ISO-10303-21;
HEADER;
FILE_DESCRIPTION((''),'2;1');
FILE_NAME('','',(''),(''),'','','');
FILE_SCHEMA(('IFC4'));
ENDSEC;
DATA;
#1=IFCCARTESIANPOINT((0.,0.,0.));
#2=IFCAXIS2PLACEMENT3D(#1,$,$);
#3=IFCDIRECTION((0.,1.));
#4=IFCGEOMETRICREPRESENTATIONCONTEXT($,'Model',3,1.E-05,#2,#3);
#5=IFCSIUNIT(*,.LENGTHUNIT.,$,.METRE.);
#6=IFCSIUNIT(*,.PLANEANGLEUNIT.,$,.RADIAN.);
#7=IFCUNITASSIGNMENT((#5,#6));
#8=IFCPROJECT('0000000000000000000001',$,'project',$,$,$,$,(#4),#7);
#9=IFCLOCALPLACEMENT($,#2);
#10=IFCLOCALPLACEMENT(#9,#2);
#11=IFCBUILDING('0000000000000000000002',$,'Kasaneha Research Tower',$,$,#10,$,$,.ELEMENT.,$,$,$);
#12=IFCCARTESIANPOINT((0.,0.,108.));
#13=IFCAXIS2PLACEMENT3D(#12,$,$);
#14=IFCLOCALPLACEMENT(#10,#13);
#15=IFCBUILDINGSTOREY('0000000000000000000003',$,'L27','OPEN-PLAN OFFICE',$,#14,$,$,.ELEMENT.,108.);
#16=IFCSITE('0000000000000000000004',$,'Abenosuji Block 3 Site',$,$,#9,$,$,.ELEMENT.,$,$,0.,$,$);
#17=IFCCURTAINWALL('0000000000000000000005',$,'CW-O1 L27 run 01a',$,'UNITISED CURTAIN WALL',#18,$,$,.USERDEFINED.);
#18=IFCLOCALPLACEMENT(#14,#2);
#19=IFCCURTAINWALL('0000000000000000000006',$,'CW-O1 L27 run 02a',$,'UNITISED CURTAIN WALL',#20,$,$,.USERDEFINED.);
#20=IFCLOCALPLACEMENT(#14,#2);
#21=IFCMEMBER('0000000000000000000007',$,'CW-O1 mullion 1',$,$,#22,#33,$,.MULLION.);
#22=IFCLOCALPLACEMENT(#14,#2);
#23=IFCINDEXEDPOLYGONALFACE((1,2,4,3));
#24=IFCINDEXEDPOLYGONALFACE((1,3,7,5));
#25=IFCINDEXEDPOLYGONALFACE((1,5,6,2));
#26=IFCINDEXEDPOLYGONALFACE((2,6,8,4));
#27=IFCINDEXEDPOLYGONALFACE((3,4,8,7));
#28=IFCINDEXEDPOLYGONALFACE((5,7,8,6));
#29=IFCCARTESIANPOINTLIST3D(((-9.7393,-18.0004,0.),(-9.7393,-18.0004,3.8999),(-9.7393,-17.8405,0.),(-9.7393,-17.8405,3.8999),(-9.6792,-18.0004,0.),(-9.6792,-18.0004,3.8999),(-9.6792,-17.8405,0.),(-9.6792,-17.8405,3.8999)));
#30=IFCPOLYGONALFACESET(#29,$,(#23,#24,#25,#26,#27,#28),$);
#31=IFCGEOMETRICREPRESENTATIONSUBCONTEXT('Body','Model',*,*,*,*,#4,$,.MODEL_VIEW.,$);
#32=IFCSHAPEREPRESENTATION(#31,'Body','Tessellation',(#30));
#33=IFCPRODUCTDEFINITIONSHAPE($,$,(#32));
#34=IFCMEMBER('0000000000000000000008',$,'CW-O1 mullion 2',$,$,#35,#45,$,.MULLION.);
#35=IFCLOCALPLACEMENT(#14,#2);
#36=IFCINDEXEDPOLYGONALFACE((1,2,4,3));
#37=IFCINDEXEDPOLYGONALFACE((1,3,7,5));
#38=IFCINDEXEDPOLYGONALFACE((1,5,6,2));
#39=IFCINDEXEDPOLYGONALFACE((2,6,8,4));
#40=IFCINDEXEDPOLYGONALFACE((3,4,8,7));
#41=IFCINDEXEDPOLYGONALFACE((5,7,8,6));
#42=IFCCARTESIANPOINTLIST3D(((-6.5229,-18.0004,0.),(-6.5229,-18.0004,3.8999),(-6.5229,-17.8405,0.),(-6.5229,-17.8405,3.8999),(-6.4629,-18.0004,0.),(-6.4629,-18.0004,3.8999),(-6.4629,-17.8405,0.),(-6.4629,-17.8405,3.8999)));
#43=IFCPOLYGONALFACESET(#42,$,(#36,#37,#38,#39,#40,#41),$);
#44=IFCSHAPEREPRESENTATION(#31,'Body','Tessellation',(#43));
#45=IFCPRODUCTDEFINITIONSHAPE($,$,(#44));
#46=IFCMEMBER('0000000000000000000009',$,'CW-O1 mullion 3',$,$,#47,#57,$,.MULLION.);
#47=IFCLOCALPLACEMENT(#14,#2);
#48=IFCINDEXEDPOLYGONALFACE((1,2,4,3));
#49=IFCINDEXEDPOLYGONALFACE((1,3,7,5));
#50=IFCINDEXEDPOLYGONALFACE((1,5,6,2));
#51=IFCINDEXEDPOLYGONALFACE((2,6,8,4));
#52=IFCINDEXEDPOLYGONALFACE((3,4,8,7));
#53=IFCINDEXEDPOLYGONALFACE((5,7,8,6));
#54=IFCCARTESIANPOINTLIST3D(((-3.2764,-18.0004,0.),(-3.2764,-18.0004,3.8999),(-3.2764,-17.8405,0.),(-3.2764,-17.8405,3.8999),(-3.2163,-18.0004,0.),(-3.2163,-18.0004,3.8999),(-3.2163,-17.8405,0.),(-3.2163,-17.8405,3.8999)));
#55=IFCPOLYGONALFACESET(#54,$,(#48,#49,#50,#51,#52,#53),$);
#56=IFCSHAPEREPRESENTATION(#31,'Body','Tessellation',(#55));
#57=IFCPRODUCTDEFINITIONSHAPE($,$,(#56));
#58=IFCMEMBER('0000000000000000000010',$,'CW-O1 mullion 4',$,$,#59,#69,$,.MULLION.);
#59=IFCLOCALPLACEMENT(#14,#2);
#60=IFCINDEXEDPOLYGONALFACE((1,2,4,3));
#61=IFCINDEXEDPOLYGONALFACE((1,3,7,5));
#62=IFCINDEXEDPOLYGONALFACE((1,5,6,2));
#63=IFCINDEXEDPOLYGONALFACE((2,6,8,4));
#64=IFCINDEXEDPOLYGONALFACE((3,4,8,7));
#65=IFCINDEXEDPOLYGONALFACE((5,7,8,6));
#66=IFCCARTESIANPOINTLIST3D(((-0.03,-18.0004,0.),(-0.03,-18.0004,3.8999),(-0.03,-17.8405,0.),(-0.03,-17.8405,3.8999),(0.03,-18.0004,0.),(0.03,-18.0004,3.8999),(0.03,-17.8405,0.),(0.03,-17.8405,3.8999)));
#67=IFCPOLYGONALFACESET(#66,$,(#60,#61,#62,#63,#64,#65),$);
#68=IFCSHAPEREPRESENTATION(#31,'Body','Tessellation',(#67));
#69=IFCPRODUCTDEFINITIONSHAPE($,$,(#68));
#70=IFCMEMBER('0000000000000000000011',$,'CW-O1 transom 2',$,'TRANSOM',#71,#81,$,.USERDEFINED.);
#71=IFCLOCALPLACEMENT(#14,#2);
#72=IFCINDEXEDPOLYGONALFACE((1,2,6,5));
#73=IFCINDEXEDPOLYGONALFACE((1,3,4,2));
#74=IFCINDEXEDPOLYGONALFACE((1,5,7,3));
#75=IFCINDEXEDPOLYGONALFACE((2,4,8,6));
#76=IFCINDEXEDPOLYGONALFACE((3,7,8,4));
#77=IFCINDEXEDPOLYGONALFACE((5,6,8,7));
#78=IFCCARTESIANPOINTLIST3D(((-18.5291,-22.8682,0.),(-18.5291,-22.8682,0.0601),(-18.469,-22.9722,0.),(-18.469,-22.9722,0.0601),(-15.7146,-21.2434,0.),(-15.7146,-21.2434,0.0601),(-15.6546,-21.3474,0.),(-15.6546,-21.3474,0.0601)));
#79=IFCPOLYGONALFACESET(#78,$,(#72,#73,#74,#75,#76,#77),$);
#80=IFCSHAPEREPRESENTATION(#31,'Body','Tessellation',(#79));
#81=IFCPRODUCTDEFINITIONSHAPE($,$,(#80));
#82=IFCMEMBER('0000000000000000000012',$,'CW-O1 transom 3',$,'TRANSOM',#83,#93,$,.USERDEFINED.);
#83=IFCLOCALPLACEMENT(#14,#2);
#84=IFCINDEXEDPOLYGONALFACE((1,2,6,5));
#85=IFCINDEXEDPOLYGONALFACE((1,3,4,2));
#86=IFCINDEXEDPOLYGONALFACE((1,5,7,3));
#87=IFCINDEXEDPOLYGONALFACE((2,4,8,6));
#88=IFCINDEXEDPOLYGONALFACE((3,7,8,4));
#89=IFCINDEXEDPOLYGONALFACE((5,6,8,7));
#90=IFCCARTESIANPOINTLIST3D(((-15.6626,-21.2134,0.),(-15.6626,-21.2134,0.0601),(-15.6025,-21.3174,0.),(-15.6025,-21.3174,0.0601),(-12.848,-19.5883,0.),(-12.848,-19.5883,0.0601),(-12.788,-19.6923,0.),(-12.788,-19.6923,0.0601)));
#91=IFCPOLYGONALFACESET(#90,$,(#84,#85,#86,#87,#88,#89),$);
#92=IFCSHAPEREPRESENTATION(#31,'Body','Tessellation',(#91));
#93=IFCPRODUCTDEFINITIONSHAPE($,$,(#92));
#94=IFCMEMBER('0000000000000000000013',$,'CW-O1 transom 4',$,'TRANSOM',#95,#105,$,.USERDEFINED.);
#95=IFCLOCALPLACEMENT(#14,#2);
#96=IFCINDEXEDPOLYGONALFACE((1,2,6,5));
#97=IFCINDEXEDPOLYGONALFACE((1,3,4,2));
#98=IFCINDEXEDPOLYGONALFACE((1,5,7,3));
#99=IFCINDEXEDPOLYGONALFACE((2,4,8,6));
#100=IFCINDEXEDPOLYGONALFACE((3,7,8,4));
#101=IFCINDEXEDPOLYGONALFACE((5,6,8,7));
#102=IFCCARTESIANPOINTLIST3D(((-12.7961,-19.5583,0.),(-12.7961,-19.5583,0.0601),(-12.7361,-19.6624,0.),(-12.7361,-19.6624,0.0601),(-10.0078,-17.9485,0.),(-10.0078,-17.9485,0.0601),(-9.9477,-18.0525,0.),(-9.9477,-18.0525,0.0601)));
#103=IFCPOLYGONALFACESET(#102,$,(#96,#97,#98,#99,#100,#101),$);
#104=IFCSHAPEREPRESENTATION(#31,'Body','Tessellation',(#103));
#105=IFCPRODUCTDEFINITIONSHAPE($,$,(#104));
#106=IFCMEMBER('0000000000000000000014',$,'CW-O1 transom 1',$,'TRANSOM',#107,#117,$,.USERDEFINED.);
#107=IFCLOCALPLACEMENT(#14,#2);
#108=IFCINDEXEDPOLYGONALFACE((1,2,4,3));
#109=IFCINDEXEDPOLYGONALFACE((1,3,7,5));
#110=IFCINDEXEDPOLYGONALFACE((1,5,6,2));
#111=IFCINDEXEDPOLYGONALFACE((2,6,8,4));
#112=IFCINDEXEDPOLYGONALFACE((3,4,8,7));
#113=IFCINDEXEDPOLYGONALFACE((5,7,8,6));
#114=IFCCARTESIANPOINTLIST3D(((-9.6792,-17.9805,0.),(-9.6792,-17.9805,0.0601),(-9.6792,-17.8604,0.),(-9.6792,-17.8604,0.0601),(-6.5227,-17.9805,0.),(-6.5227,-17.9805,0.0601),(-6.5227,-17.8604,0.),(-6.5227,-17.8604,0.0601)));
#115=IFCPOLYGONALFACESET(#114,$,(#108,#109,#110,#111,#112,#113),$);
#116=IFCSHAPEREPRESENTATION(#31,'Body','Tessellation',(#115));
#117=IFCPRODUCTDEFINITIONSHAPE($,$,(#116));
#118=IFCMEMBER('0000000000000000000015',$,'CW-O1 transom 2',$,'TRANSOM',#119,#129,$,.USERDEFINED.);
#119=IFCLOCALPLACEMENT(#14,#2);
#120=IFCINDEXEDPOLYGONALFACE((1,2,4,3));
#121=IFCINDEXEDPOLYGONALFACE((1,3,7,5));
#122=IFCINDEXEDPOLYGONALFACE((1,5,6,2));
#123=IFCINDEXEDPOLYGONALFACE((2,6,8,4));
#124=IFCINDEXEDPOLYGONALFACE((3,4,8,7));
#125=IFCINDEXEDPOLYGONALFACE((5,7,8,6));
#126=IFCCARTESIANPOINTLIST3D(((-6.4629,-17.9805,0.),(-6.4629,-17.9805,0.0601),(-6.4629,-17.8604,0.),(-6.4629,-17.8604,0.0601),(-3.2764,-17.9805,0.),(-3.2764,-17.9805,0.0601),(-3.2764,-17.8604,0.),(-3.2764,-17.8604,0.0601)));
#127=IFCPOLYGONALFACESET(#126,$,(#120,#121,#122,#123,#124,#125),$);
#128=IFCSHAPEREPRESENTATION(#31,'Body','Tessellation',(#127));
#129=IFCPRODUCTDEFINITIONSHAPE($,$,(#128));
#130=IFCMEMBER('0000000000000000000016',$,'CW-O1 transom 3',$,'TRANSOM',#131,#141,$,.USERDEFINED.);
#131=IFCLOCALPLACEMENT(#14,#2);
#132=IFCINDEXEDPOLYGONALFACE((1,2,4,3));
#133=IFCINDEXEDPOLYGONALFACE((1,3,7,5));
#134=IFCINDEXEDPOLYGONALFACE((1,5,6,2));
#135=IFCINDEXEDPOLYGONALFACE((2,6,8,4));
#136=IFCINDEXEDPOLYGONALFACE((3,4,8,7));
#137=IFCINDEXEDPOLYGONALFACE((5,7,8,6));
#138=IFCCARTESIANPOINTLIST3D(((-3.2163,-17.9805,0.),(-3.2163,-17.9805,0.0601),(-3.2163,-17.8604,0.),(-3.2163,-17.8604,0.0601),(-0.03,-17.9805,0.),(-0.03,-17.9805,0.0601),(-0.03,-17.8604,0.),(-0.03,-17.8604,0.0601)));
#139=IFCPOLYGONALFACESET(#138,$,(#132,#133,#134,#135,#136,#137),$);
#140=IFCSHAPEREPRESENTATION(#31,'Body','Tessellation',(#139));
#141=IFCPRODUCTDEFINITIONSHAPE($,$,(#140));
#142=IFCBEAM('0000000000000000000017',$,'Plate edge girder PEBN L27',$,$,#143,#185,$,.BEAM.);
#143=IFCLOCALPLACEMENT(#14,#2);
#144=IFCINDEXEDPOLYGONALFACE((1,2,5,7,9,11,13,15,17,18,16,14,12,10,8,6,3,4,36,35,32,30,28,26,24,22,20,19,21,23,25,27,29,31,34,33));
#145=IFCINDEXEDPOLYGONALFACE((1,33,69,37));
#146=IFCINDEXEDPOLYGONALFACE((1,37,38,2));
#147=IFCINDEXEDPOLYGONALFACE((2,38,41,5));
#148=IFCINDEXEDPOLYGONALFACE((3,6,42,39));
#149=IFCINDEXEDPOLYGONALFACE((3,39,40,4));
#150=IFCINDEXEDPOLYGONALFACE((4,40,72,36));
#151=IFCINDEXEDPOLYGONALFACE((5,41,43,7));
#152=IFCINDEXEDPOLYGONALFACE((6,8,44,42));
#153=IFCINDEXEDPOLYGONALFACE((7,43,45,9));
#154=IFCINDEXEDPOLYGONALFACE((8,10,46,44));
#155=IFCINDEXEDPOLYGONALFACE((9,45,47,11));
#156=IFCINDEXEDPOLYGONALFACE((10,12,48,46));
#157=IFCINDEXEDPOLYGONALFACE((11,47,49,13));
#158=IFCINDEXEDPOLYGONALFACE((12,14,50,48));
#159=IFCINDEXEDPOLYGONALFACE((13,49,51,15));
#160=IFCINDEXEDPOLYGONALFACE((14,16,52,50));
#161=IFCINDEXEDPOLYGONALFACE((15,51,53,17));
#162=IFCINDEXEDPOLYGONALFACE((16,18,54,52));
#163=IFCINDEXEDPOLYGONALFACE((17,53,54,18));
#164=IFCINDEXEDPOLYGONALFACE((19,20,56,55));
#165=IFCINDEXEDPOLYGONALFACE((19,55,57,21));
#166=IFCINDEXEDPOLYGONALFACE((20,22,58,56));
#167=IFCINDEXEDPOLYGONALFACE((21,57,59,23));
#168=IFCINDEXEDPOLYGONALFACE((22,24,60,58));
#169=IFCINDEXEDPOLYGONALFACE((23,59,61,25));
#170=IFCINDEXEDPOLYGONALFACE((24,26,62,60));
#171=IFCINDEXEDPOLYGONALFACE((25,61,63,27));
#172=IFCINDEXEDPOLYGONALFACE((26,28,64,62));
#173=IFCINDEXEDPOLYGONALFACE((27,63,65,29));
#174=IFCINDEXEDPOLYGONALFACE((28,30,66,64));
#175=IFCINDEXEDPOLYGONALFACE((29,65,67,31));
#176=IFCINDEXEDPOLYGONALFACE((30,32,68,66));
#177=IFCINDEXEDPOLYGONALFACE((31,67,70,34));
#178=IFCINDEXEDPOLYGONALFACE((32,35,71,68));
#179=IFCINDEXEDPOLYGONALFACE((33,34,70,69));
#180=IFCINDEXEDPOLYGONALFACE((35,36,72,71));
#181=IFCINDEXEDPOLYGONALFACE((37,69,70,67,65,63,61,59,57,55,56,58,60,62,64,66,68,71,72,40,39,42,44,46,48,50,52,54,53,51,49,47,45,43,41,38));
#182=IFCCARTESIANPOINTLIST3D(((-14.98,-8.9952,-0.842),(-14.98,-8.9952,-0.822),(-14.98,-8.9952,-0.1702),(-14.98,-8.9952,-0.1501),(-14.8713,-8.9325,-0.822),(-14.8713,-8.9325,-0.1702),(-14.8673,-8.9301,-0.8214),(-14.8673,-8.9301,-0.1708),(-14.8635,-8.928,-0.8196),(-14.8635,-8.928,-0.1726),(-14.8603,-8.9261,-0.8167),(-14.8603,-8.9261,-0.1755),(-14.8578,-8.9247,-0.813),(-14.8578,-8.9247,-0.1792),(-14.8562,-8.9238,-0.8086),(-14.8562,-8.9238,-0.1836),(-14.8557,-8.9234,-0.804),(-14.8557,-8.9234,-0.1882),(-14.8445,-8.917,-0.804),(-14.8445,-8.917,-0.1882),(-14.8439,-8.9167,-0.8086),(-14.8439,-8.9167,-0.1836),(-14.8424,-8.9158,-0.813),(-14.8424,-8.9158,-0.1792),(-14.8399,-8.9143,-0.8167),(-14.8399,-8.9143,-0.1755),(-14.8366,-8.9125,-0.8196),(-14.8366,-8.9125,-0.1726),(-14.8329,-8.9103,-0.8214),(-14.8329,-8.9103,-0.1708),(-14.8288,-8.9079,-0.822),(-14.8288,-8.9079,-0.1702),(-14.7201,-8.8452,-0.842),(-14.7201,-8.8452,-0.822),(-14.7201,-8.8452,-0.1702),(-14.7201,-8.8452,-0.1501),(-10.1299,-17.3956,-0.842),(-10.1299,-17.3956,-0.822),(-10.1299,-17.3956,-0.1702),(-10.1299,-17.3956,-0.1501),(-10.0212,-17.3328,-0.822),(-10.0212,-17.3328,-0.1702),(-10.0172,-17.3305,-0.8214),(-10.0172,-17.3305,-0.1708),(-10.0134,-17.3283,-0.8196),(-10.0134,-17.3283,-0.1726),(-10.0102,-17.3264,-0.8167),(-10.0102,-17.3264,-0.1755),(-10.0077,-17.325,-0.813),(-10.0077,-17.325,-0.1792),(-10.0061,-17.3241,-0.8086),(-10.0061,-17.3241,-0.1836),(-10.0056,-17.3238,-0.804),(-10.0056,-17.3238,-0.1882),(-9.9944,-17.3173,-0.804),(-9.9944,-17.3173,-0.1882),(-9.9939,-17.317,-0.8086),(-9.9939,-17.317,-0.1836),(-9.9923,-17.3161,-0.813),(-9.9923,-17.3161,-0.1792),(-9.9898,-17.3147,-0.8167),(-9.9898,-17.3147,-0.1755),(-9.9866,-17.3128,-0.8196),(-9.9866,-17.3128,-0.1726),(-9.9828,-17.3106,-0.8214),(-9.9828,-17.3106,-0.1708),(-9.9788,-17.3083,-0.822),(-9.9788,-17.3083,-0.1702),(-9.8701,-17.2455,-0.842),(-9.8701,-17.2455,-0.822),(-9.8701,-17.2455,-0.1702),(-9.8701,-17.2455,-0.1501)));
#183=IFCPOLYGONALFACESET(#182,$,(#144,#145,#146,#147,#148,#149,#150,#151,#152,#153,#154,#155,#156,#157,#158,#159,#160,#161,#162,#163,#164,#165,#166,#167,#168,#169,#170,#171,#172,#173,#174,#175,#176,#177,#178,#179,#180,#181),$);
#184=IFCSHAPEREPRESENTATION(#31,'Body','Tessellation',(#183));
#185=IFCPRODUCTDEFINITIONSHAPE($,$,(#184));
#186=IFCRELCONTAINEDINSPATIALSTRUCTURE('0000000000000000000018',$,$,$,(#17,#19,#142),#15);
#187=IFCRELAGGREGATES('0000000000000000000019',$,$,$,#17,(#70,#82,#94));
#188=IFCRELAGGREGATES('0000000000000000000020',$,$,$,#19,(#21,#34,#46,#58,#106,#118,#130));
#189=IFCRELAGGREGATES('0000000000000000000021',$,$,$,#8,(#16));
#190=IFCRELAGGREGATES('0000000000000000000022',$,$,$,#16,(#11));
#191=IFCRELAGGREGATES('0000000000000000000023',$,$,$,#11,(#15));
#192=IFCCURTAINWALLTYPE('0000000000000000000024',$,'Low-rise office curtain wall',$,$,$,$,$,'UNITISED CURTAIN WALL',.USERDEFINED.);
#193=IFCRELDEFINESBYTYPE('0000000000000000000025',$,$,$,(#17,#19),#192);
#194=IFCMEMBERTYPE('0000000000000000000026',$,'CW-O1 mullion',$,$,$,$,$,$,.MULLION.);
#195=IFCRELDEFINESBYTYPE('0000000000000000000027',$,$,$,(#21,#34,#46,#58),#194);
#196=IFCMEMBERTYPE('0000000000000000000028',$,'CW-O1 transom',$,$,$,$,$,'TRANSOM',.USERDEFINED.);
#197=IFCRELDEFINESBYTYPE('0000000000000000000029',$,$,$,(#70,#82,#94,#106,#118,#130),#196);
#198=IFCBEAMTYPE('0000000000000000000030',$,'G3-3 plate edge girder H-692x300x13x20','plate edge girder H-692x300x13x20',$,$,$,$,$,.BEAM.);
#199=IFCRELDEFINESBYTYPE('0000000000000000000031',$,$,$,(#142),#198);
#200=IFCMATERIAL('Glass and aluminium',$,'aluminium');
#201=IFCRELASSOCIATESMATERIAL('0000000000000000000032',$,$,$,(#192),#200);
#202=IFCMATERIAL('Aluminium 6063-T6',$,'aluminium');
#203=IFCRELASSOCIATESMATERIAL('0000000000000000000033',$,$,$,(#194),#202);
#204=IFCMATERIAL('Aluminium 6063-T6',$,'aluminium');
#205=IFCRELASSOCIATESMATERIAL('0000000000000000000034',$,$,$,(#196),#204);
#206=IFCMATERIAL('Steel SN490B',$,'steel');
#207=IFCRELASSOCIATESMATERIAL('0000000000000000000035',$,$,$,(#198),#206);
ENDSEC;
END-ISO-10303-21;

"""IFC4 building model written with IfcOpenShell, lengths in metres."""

from ifc_helpers import new_model, si_unit, direction, frame, origin, origin_2d, place, context, subcontext, project, spatial, rectangle, i_section, extrude, material, material_profile, profile_set, type_object, element, aggregate, save


model = new_model("IFC4")

# Units and contexts
model_context = context("Model", 3, precision=1e-05, world=origin(), true_north=direction((0.0, 1.0)))
body_context = subcontext(model_context, "Body", "Model", "MODEL_VIEW")
ifc_project = project(units=[si_unit("LENGTHUNIT", "METRE"), si_unit("PLANEANGLEUNIT", "RADIAN")], contexts=[model_context])

# Site, building, storey
site_placement = place(None, origin())
site = spatial("IfcSite", under=ifc_project, at=site_placement, Name="Abenosuji Block 3 Site", CompositionType="ELEMENT", RefElevation=0.0)
building_placement = place(site_placement, origin())
building = spatial("IfcBuilding", under=site, at=building_placement, Name="Kasaneha Research Tower", CompositionType="ELEMENT")
storey_placement = place(building_placement, frame((0.0, 0.0, 108.0)))
storey = spatial("IfcBuildingStorey", under=building, at=storey_placement, Name="L27", Description="OPEN-PLAN OFFICE", CompositionType="ELEMENT", Elevation=108.0)

# Curtain walls, members
ifc_material_1 = material(Name="Glass and aluminium", Category="aluminium")
curtain_wall_type = type_object("IfcCurtainWallType", Name="Low-rise office curtain wall", ElementType="UNITISED CURTAIN WALL", PredefinedType="USERDEFINED", material=ifc_material_1)
curtain_wall_1_placement = place(storey_placement, origin())
curtain_wall_1 = element("IfcCurtainWall", 1, at=curtain_wall_1_placement, inside=storey, type_object=curtain_wall_type, Name="CW-O1 L27 run 01a", ObjectType="UNITISED CURTAIN WALL", PredefinedType="USERDEFINED")
ifc_material_2 = material(Name="Aluminium 6063-T6", Category="aluminium")
ifc_material_profile_1 = material_profile(ifc_material_2, rectangle(XDim=0.0601, YDim=0.1599, at=origin_2d()), Name="CW-O1 mullion 60x160")
ifc_profile_set_1 = profile_set([ifc_material_profile_1], Name="Aluminium 6063-T6")
member_type_1 = type_object("IfcMemberType", Name="CW-O1 mullion", PredefinedType="MULLION", material=ifc_profile_set_1)
curtain_wall_2_placement = place(storey_placement, origin())
curtain_wall_2 = element("IfcCurtainWall", 2, at=curtain_wall_2_placement, inside=storey, type_object=curtain_wall_type, Name="CW-O1 L27 run 02a", ObjectType="UNITISED CURTAIN WALL", PredefinedType="USERDEFINED")
member_1_placement = place(storey_placement, frame((-9.7092, -17.9204, 0.0), z_axis=(0.0, 0.0, 1.0), x_axis=(1.0, 0.0, 0.0)))
member_1 = element("IfcMember", 3, at=member_1_placement, type_object=member_type_1, Name="CW-O1 mullion 1", PredefinedType="MULLION", context=body_context, shape_type="SweptSolid", body=[
    extrude(rectangle(XDim=0.0601, YDim=0.1599, at=origin_2d()), origin(), (0.0, 0.0, 1.0), 3.8999),
])
member_2_placement = place(storey_placement, frame((-6.4929, -17.9204, 0.0), z_axis=(0.0, 0.0, 1.0), x_axis=(1.0, 0.0, 0.0)))
member_2 = element("IfcMember", 4, at=member_2_placement, type_object=member_type_1, Name="CW-O1 mullion 2", PredefinedType="MULLION", context=body_context, shape_type="SweptSolid", body=[
    extrude(rectangle(XDim=0.0601, YDim=0.1599, at=origin_2d()), origin(), (0.0, 0.0, 1.0), 3.8999),
])
member_3_placement = place(storey_placement, frame((-3.2463, -17.9204, 0.0), z_axis=(0.0, 0.0, 1.0), x_axis=(1.0, 0.0, 0.0)))
member_3 = element("IfcMember", 5, at=member_3_placement, type_object=member_type_1, Name="CW-O1 mullion 3", PredefinedType="MULLION", context=body_context, shape_type="SweptSolid", body=[
    extrude(rectangle(XDim=0.0601, YDim=0.1599, at=origin_2d()), origin(), (0.0, 0.0, 1.0), 3.8999),
])
member_4_placement = place(storey_placement, frame((0.0, -17.9204, 0.0), z_axis=(0.0, 0.0, 1.0), x_axis=(1.0, 0.0, 0.0)))
member_4 = element("IfcMember", 6, at=member_4_placement, type_object=member_type_1, Name="CW-O1 mullion 4", PredefinedType="MULLION", context=body_context, shape_type="SweptSolid", body=[
    extrude(rectangle(XDim=0.0601, YDim=0.1599, at=origin_2d()), origin(), (0.0, 0.0, 1.0), 3.8999),
])

# Members
ifc_material_3 = material(Name="Aluminium 6063-T6", Category="aluminium")
ifc_material_profile_2 = material_profile(ifc_material_3, rectangle(XDim=0.1201, YDim=0.0601, at=origin_2d()), Name="CW-O1 transom 120x60")
ifc_profile_set_2 = profile_set([ifc_material_profile_2], Name="Aluminium 6063-T6")
member_type_2 = type_object("IfcMemberType", Name="CW-O1 transom", ElementType="TRANSOM", PredefinedType="USERDEFINED", material=ifc_profile_set_2)
member_5_placement = place(storey_placement, frame((-18.499, -22.9202, 0.03), z_axis=(0.866048, 0.499961, 0.0), x_axis=(-0.499961, 0.866048, 0.0)))
member_5 = element("IfcMember", 7, at=member_5_placement, type_object=member_type_2, Name="CW-O1 transom 2", ObjectType="TRANSOM", PredefinedType="USERDEFINED", context=body_context, shape_type="SweptSolid", body=[
    extrude(rectangle(XDim=0.1201, YDim=0.0601, at=origin_2d()), origin(), (0.0, 0.0, 1.0), 3.2498),
])
member_6_placement = place(storey_placement, frame((-15.6326, -21.2654, 0.03), z_axis=(0.866015, 0.500017, 0.0), x_axis=(-0.500017, 0.866015, 0.0)))
member_6 = element("IfcMember", 8, at=member_6_placement, type_object=member_type_2, Name="CW-O1 transom 3", ObjectType="TRANSOM", PredefinedType="USERDEFINED", context=body_context, shape_type="SweptSolid", body=[
    extrude(rectangle(XDim=0.1201, YDim=0.0601, at=origin_2d()), origin(), (0.0, 0.0, 1.0), 3.25),
])
member_7_placement = place(storey_placement, frame((-12.7661, -19.6104, 0.03), z_axis=(0.866023, 0.500005, 0.0), x_axis=(-0.500005, 0.866023, 0.0)))
member_7 = element("IfcMember", 9, at=member_7_placement, type_object=member_type_2, Name="CW-O1 transom 4", ObjectType="TRANSOM", PredefinedType="USERDEFINED", context=body_context, shape_type="SweptSolid", body=[
    extrude(rectangle(XDim=0.1201, YDim=0.0601, at=origin_2d()), origin(), (0.0, 0.0, 1.0), 3.2197),
])
member_8_placement = place(storey_placement, frame((-9.6792, -17.9204, 0.03), z_axis=(1.0, 0.0, 0.0), x_axis=(0.0, 1.0, 0.0)))
member_8 = element("IfcMember", 10, at=member_8_placement, type_object=member_type_2, Name="CW-O1 transom 1", ObjectType="TRANSOM", PredefinedType="USERDEFINED", context=body_context, shape_type="SweptSolid", body=[
    extrude(rectangle(XDim=0.1201, YDim=0.0601, at=origin_2d()), origin(), (0.0, 0.0, 1.0), 3.1565),
])
member_9_placement = place(storey_placement, frame((-6.4629, -17.9204, 0.03), z_axis=(1.0, 0.0, 0.0), x_axis=(0.0, 1.0, 0.0)))
member_9 = element("IfcMember", 11, at=member_9_placement, type_object=member_type_2, Name="CW-O1 transom 2", ObjectType="TRANSOM", PredefinedType="USERDEFINED", context=body_context, shape_type="SweptSolid", body=[
    extrude(rectangle(XDim=0.1201, YDim=0.0601, at=origin_2d()), origin(), (0.0, 0.0, 1.0), 3.1865),
])
member_10_placement = place(storey_placement, frame((-3.2163, -17.9204, 0.03), z_axis=(1.0, 0.0, 0.0), x_axis=(0.0, 1.0, 0.0)))
member_10 = element("IfcMember", 12, at=member_10_placement, type_object=member_type_2, Name="CW-O1 transom 3", ObjectType="TRANSOM", PredefinedType="USERDEFINED", context=body_context, shape_type="SweptSolid", body=[
    extrude(rectangle(XDim=0.1201, YDim=0.0601, at=origin_2d()), origin(), (0.0, 0.0, 1.0), 3.1863),
])

# Beam
ifc_material_4 = material(Name="Steel SN490B", Category="steel")
ifc_material_profile_3 = material_profile(ifc_material_4, i_section(OverallWidth=0.3, OverallDepth=0.6919, WebThickness=0.0129, FlangeThickness=0.02, FilletRadius=0.0181, at=origin_2d()), Name="H-692x300x13x20")
ifc_profile_set_3 = profile_set([ifc_material_profile_3], Name="Steel SN490B")
beam_type_1 = type_object("IfcBeamType", Name="G3-3 plate edge girder H-692x300x13x20", Description="plate edge girder H-692x300x13x20", PredefinedType="BEAM", material=ifc_profile_set_3)
beam_1_placement = place(storey_placement, frame((-10.0, -17.3206, -0.4961), z_axis=(-0.50001, 0.86602, 0.0), x_axis=(-0.86602, -0.50001, 0.0)))
element("IfcBeam", 13, at=beam_1_placement, inside=storey, type_object=beam_type_1, Name="Plate edge girder PEBN L27", PredefinedType="BEAM", context=body_context, shape_type="SweptSolid", body=[
    extrude(i_section(OverallWidth=0.3, OverallDepth=0.6919, WebThickness=0.0129, FlangeThickness=0.02, FilletRadius=0.0181, at=origin_2d()), origin(), (0.0, 0.0, 1.0), 9.7),
])

aggregate(curtain_wall_1, [member_5, member_6, member_7])
aggregate(curtain_wall_2, [member_1, member_2, member_3, member_4, member_8, member_9, member_10])

save(model, "model.ifc")
